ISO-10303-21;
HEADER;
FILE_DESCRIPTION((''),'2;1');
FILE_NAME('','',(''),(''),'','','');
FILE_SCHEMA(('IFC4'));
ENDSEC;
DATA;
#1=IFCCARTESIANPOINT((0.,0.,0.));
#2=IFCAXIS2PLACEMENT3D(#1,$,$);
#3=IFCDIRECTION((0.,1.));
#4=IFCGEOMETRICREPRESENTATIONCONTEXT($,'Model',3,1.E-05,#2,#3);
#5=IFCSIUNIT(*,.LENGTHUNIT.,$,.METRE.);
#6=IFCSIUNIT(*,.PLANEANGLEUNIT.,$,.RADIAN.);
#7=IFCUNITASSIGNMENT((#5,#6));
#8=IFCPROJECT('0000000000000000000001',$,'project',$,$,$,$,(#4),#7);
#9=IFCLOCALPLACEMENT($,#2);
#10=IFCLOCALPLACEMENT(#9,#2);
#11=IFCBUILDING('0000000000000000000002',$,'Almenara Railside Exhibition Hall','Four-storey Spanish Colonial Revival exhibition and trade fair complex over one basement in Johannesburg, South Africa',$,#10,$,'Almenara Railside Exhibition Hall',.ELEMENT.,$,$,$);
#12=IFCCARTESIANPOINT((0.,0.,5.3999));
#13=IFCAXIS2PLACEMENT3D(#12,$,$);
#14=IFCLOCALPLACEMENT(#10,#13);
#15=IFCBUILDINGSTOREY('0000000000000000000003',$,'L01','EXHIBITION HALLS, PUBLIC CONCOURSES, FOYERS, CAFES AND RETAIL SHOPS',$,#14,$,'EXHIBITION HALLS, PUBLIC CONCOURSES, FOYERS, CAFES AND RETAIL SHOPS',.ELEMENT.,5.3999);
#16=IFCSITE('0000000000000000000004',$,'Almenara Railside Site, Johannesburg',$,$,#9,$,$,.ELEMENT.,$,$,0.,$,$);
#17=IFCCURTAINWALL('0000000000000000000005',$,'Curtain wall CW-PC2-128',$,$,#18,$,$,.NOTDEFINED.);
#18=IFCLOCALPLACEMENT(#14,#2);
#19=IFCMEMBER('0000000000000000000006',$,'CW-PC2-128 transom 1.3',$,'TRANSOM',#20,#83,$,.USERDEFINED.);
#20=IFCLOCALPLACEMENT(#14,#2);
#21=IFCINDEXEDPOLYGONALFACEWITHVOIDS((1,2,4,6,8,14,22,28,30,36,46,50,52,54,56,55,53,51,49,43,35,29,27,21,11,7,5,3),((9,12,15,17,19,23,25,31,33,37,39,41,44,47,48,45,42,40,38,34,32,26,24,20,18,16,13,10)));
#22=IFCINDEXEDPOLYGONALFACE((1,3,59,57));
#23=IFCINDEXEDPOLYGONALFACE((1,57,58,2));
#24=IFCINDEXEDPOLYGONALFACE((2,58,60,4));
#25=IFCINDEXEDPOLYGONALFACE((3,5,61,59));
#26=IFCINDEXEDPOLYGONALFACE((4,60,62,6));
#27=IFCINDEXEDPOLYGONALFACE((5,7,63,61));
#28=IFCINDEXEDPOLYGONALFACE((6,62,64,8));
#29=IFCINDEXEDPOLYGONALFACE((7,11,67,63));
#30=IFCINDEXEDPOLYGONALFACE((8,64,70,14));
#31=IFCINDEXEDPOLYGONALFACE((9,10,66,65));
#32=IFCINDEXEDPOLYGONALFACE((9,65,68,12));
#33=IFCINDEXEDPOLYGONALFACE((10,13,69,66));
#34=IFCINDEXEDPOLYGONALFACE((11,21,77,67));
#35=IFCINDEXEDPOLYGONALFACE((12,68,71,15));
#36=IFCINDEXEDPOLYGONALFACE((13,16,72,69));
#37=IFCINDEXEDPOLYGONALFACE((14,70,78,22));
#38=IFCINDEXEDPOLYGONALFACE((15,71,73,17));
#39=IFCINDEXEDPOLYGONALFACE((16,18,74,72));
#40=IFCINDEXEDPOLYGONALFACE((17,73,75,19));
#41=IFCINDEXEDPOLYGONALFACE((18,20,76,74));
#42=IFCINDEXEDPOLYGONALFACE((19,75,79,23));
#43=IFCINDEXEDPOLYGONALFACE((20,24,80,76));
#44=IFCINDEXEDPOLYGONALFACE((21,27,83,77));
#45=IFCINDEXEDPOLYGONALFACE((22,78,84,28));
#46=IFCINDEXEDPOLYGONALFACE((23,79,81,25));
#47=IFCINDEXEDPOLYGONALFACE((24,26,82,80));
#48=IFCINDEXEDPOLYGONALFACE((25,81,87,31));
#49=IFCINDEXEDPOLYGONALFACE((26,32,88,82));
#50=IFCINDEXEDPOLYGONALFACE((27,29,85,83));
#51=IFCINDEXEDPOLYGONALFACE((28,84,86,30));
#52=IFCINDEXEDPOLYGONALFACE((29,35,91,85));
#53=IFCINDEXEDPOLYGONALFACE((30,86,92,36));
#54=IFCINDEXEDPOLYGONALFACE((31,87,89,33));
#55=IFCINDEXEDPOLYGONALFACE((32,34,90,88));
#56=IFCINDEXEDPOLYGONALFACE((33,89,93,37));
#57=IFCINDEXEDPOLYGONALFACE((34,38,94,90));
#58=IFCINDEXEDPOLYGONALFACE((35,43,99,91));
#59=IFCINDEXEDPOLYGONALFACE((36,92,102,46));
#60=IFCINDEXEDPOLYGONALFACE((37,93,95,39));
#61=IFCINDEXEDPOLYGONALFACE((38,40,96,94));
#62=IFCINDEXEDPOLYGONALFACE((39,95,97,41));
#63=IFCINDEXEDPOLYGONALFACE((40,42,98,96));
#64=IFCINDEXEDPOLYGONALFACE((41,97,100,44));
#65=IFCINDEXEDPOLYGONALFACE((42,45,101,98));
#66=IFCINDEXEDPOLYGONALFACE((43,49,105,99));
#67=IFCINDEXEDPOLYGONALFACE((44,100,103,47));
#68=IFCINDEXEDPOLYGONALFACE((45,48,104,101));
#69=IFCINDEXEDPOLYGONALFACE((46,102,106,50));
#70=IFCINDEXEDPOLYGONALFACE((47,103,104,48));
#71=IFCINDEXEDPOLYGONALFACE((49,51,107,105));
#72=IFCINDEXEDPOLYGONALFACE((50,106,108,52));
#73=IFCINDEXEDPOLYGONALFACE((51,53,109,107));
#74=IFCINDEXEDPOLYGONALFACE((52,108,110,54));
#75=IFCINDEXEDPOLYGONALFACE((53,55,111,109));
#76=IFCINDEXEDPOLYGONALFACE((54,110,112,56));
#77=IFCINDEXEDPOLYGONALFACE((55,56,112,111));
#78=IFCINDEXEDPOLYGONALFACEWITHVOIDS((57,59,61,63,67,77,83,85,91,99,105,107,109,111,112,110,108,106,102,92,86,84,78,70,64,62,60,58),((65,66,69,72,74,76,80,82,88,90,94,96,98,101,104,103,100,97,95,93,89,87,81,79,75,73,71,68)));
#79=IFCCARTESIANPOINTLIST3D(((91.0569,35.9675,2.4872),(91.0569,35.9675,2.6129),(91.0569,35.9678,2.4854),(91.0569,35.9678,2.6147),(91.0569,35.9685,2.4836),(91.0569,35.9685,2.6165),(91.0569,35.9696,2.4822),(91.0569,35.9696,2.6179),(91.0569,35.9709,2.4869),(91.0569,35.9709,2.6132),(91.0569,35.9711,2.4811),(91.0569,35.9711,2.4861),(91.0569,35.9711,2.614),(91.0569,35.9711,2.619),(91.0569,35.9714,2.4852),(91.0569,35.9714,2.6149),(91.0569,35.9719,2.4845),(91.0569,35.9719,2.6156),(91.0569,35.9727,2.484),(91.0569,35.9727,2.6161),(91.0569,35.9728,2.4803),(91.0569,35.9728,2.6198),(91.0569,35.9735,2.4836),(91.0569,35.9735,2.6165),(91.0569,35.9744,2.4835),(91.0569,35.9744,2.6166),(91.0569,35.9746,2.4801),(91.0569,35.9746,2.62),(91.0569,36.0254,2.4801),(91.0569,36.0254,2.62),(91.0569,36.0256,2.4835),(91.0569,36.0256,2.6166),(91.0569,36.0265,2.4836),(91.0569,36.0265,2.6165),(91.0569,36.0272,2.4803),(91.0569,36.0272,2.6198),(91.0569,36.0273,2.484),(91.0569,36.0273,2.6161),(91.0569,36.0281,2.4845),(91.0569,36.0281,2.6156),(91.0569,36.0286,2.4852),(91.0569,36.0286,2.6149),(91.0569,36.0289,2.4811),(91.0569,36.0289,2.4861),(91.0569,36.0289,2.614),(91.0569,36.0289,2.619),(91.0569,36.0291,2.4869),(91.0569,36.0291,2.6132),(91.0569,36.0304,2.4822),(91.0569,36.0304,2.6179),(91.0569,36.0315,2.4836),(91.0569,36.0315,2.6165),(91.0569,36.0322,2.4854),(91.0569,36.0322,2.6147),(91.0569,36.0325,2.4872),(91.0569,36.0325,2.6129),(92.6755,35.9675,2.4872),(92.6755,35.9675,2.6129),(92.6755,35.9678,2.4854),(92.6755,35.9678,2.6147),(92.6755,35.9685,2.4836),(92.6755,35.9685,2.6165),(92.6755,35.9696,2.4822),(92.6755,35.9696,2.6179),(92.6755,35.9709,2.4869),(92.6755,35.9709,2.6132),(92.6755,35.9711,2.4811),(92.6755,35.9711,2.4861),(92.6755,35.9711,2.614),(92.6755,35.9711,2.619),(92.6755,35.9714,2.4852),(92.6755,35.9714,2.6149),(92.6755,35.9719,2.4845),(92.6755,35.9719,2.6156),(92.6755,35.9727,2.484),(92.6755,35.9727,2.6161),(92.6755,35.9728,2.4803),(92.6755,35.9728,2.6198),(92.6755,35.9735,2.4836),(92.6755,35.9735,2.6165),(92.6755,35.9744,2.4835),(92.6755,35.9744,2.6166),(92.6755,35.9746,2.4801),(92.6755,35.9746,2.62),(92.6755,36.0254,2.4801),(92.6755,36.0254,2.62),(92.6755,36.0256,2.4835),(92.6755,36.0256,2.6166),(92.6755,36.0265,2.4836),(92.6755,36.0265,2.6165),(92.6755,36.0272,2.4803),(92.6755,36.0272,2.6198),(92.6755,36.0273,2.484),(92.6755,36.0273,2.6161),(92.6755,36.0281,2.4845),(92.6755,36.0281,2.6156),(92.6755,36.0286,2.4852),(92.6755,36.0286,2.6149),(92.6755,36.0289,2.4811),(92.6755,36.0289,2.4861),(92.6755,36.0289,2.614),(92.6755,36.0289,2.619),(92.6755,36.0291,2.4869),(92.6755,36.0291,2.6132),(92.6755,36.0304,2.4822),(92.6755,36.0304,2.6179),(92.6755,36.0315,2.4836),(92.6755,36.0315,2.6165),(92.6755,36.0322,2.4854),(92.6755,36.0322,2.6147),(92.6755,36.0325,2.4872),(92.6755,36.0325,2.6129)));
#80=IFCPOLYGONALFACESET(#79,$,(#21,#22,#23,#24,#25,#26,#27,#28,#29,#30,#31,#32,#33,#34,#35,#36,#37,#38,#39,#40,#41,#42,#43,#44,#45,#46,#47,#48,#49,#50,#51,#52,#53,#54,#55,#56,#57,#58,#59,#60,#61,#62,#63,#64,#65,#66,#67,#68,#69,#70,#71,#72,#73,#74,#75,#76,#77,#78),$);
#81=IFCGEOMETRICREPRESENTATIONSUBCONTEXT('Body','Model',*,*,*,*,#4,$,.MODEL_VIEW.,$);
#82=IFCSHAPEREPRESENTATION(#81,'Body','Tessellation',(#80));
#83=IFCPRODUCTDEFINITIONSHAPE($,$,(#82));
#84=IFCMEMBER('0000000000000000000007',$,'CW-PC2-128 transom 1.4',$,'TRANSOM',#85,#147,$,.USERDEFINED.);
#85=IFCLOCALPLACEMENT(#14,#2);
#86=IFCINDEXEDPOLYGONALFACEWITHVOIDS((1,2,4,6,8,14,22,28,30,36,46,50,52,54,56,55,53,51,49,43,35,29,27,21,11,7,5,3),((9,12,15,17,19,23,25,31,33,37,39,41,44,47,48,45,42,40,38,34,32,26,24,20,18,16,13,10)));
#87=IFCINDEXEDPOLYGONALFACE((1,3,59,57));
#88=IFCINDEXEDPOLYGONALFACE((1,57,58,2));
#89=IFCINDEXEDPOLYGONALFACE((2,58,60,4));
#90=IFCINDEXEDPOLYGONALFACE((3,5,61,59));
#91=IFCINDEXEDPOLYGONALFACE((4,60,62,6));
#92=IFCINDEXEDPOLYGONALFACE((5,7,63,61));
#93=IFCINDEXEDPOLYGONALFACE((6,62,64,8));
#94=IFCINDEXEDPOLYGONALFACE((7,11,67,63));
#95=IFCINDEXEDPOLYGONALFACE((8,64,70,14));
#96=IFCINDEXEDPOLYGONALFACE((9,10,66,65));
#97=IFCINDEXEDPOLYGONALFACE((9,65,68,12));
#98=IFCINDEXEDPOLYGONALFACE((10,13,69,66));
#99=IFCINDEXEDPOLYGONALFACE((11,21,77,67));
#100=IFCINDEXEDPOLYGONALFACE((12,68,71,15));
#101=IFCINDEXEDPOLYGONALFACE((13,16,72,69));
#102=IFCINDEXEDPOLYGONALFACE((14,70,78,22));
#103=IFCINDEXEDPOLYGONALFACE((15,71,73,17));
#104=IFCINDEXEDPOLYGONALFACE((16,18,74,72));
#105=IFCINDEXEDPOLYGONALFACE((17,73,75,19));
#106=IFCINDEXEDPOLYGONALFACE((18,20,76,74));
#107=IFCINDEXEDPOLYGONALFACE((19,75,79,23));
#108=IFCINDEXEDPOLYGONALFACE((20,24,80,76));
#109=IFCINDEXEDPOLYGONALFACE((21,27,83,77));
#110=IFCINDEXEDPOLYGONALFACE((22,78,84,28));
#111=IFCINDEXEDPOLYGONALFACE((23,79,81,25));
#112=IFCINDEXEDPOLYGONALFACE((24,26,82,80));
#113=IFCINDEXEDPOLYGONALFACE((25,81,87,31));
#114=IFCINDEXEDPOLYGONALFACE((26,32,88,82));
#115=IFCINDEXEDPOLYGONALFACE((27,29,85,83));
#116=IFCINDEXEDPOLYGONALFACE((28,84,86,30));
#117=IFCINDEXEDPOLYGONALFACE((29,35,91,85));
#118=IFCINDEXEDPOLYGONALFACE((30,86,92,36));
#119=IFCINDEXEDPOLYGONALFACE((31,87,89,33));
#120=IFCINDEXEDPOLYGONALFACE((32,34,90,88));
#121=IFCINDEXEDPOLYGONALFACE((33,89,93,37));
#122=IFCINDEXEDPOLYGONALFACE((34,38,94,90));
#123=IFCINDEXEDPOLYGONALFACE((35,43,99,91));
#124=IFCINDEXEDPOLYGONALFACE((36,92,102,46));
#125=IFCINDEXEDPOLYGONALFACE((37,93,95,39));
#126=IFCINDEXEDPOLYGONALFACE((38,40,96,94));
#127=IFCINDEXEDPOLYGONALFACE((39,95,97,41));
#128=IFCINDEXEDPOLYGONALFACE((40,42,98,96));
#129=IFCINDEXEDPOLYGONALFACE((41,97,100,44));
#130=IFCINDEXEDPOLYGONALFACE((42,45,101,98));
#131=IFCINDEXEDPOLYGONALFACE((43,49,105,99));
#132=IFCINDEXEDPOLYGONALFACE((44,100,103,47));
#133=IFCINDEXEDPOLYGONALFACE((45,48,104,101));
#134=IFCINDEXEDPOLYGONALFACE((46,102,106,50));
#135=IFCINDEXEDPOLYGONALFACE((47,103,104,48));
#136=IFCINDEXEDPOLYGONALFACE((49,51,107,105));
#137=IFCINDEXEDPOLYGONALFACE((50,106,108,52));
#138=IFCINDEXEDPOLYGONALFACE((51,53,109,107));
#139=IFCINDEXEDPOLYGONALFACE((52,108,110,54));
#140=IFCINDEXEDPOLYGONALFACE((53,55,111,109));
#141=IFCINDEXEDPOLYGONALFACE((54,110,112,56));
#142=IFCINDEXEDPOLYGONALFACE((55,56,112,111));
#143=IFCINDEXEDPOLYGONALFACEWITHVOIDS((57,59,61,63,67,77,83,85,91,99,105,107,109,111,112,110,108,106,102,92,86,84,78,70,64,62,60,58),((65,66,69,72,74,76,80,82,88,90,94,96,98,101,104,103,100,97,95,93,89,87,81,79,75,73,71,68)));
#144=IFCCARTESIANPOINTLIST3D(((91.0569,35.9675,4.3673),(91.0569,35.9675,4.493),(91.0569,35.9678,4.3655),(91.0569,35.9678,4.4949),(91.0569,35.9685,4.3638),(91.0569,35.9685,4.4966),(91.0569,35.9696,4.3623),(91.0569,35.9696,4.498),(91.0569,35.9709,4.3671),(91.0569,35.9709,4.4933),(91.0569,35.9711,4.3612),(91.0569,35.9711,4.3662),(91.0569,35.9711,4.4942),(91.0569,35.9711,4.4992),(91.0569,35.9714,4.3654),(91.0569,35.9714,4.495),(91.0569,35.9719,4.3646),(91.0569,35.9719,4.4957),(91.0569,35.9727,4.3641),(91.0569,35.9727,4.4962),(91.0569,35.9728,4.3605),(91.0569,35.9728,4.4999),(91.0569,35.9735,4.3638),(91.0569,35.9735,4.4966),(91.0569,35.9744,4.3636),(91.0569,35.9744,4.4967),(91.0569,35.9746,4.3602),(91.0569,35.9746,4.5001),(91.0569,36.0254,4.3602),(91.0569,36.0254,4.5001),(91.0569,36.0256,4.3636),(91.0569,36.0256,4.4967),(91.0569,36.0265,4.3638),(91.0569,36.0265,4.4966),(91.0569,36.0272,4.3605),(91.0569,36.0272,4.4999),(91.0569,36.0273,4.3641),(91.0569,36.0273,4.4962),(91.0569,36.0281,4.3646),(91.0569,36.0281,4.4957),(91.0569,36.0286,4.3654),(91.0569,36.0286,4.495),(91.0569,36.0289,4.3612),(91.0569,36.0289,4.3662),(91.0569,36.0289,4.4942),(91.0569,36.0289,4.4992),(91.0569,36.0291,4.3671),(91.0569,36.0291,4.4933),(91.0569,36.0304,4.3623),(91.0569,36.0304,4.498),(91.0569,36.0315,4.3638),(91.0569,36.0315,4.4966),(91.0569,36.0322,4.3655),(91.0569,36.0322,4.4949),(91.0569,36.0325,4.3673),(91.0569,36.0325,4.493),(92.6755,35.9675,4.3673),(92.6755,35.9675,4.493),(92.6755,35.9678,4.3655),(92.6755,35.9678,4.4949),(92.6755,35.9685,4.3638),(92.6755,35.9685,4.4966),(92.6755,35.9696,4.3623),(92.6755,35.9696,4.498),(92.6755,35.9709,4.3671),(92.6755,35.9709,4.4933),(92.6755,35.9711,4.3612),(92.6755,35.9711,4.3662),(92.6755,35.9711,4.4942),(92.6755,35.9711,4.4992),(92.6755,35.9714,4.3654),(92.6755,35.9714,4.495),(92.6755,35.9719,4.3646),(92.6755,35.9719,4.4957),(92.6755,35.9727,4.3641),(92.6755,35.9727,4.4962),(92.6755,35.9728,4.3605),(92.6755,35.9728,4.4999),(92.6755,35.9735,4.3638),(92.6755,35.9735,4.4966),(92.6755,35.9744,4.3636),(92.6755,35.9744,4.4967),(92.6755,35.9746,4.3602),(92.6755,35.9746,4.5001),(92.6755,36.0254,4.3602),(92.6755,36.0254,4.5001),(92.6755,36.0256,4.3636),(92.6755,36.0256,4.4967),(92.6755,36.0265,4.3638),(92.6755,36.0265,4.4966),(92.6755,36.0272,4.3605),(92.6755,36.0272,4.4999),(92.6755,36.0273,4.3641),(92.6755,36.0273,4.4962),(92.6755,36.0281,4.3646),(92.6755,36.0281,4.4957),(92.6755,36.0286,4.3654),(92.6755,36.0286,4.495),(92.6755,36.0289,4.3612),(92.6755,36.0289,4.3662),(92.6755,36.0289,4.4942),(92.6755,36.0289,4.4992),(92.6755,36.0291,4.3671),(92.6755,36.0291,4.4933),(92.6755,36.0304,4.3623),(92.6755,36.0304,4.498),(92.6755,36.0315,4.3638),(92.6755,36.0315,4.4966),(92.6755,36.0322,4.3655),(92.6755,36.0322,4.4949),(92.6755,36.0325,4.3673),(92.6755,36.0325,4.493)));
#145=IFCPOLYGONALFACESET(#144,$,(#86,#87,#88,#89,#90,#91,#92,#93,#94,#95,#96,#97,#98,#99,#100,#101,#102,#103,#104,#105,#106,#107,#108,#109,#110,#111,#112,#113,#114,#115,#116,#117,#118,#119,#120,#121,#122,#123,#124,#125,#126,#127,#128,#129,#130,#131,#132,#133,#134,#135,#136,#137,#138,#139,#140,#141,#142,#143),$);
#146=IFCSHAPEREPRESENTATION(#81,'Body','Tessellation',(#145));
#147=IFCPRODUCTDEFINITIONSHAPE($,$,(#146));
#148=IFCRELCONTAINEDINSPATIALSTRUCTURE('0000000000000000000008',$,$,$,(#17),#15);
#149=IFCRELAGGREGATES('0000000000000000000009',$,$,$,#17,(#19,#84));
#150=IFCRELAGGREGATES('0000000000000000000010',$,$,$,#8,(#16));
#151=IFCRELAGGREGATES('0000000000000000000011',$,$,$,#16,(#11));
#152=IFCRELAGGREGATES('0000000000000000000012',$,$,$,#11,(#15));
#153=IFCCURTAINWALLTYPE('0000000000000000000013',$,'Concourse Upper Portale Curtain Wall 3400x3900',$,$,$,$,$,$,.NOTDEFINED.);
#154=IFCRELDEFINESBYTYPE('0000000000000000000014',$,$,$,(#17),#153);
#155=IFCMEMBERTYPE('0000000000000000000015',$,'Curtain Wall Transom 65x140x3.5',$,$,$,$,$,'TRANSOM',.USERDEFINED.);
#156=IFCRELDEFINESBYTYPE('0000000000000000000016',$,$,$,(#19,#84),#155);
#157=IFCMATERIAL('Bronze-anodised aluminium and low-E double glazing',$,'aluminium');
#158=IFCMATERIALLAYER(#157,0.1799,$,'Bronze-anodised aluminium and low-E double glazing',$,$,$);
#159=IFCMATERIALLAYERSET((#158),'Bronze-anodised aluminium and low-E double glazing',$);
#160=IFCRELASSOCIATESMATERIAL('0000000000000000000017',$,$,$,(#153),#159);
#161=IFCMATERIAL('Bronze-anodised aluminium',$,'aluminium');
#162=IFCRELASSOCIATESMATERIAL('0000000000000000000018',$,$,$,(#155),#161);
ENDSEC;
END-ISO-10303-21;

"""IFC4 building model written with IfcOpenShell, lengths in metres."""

from ifc_helpers import new_model, si_unit, direction, frame, origin, origin_2d, place, context, subcontext, project, spatial, hollow_rectangle, extrude, material, layer, layer_set, material_profile, profile_set, type_object, element, aggregate, save


model = new_model("IFC4")

# Units and contexts
model_context = context("Model", 3, precision=1e-05, world=origin(), true_north=direction((0.0, 1.0)))
body_context = subcontext(model_context, "Body", "Model", "MODEL_VIEW")
ifc_project = project(units=[si_unit("LENGTHUNIT", "METRE"), si_unit("PLANEANGLEUNIT", "RADIAN")], contexts=[model_context])

# Site, building, storey
site_placement = place(None, origin())
site = spatial("IfcSite", under=ifc_project, at=site_placement, Name="Almenara Railside Site, Johannesburg", CompositionType="ELEMENT", RefElevation=0.0)
building_placement = place(site_placement, origin())
building = spatial("IfcBuilding", under=site, at=building_placement, Name="Almenara Railside Exhibition Hall", Description="Four-storey Spanish Colonial Revival exhibition and trade fair complex over one basement in Johannesburg, South Africa", LongName="Almenara Railside Exhibition Hall", CompositionType="ELEMENT")
storey_placement = place(building_placement, frame((0.0, 0.0, 5.3999)))
storey = spatial("IfcBuildingStorey", under=building, at=storey_placement, Name="L01", Description="EXHIBITION HALLS, PUBLIC CONCOURSES, FOYERS, CAFES AND RETAIL SHOPS", LongName="EXHIBITION HALLS, PUBLIC CONCOURSES, FOYERS, CAFES AND RETAIL SHOPS", CompositionType="ELEMENT", Elevation=5.3999)

# Curtain wall
ifc_material_1 = material(Name="Bronze-anodised aluminium and low-E double glazing", Category="aluminium")
ifc_layer_1 = layer(ifc_material_1, 0.1799, Name="Bronze-anodised aluminium and low-E double glazing")
ifc_layer_set_1 = layer_set([ifc_layer_1], Name="Bronze-anodised aluminium and low-E double glazing")
curtain_wall_type_1 = type_object("IfcCurtainWallType", Name="Concourse Upper Portale Curtain Wall 3400x3900", PredefinedType="NOTDEFINED", material=ifc_layer_set_1)
curtain_wall_1_placement = place(storey_placement, origin())
curtain_wall_1 = element("IfcCurtainWall", 1, at=curtain_wall_1_placement, inside=storey, type_object=curtain_wall_type_1, Name="Curtain wall CW-PC2-128", PredefinedType="NOTDEFINED")
ifc_material_2 = material(Name="Bronze-anodised aluminium", Category="aluminium")

# Members
ifc_material_profile_1 = material_profile(ifc_material_2, hollow_rectangle(XDim=0.0649, YDim=0.1399, WallThickness=0.0034, InnerFilletRadius=0.0034, OuterFilletRadius=0.0071, at=origin_2d()), Name="ALU-TRN 65x140x3.5")
ifc_profile_set_1 = profile_set([ifc_material_profile_1], Name="Bronze-anodised aluminium")
member_type_1 = type_object("IfcMemberType", Name="Curtain Wall Transom 65x140x3.5", ElementType="TRANSOM", PredefinedType="USERDEFINED", material=ifc_profile_set_1)
member_1_placement = place(storey_placement, frame((91.0569, 36.0, 2.55), z_axis=(1.0, 0.0, 0.0), x_axis=(0.0, 1.0, 0.0)))
member_1 = element("IfcMember", 2, at=member_1_placement, type_object=member_type_1, Name="CW-PC2-128 transom 1.3", ObjectType="TRANSOM", PredefinedType="USERDEFINED", context=body_context, shape_type="SweptSolid", body=[
    extrude(hollow_rectangle(XDim=0.0649, YDim=0.1399, WallThickness=0.0034, InnerFilletRadius=0.0034, OuterFilletRadius=0.0071, at=origin_2d()), origin(), (0.0, 0.0, 1.0), 1.6187),
])
member_2_placement = place(storey_placement, frame((91.0569, 36.0, 4.4302), z_axis=(1.0, 0.0, 0.0), x_axis=(0.0, 1.0, 0.0)))
member_2 = element("IfcMember", 3, at=member_2_placement, type_object=member_type_1, Name="CW-PC2-128 transom 1.4", ObjectType="TRANSOM", PredefinedType="USERDEFINED", context=body_context, shape_type="SweptSolid", body=[
    extrude(hollow_rectangle(XDim=0.0649, YDim=0.1399, WallThickness=0.0034, InnerFilletRadius=0.0034, OuterFilletRadius=0.0071, at=origin_2d()), origin(), (0.0, 0.0, 1.0), 1.6187),
])

aggregate(curtain_wall_1, [member_1, member_2])

save(model, "model.ifc")
